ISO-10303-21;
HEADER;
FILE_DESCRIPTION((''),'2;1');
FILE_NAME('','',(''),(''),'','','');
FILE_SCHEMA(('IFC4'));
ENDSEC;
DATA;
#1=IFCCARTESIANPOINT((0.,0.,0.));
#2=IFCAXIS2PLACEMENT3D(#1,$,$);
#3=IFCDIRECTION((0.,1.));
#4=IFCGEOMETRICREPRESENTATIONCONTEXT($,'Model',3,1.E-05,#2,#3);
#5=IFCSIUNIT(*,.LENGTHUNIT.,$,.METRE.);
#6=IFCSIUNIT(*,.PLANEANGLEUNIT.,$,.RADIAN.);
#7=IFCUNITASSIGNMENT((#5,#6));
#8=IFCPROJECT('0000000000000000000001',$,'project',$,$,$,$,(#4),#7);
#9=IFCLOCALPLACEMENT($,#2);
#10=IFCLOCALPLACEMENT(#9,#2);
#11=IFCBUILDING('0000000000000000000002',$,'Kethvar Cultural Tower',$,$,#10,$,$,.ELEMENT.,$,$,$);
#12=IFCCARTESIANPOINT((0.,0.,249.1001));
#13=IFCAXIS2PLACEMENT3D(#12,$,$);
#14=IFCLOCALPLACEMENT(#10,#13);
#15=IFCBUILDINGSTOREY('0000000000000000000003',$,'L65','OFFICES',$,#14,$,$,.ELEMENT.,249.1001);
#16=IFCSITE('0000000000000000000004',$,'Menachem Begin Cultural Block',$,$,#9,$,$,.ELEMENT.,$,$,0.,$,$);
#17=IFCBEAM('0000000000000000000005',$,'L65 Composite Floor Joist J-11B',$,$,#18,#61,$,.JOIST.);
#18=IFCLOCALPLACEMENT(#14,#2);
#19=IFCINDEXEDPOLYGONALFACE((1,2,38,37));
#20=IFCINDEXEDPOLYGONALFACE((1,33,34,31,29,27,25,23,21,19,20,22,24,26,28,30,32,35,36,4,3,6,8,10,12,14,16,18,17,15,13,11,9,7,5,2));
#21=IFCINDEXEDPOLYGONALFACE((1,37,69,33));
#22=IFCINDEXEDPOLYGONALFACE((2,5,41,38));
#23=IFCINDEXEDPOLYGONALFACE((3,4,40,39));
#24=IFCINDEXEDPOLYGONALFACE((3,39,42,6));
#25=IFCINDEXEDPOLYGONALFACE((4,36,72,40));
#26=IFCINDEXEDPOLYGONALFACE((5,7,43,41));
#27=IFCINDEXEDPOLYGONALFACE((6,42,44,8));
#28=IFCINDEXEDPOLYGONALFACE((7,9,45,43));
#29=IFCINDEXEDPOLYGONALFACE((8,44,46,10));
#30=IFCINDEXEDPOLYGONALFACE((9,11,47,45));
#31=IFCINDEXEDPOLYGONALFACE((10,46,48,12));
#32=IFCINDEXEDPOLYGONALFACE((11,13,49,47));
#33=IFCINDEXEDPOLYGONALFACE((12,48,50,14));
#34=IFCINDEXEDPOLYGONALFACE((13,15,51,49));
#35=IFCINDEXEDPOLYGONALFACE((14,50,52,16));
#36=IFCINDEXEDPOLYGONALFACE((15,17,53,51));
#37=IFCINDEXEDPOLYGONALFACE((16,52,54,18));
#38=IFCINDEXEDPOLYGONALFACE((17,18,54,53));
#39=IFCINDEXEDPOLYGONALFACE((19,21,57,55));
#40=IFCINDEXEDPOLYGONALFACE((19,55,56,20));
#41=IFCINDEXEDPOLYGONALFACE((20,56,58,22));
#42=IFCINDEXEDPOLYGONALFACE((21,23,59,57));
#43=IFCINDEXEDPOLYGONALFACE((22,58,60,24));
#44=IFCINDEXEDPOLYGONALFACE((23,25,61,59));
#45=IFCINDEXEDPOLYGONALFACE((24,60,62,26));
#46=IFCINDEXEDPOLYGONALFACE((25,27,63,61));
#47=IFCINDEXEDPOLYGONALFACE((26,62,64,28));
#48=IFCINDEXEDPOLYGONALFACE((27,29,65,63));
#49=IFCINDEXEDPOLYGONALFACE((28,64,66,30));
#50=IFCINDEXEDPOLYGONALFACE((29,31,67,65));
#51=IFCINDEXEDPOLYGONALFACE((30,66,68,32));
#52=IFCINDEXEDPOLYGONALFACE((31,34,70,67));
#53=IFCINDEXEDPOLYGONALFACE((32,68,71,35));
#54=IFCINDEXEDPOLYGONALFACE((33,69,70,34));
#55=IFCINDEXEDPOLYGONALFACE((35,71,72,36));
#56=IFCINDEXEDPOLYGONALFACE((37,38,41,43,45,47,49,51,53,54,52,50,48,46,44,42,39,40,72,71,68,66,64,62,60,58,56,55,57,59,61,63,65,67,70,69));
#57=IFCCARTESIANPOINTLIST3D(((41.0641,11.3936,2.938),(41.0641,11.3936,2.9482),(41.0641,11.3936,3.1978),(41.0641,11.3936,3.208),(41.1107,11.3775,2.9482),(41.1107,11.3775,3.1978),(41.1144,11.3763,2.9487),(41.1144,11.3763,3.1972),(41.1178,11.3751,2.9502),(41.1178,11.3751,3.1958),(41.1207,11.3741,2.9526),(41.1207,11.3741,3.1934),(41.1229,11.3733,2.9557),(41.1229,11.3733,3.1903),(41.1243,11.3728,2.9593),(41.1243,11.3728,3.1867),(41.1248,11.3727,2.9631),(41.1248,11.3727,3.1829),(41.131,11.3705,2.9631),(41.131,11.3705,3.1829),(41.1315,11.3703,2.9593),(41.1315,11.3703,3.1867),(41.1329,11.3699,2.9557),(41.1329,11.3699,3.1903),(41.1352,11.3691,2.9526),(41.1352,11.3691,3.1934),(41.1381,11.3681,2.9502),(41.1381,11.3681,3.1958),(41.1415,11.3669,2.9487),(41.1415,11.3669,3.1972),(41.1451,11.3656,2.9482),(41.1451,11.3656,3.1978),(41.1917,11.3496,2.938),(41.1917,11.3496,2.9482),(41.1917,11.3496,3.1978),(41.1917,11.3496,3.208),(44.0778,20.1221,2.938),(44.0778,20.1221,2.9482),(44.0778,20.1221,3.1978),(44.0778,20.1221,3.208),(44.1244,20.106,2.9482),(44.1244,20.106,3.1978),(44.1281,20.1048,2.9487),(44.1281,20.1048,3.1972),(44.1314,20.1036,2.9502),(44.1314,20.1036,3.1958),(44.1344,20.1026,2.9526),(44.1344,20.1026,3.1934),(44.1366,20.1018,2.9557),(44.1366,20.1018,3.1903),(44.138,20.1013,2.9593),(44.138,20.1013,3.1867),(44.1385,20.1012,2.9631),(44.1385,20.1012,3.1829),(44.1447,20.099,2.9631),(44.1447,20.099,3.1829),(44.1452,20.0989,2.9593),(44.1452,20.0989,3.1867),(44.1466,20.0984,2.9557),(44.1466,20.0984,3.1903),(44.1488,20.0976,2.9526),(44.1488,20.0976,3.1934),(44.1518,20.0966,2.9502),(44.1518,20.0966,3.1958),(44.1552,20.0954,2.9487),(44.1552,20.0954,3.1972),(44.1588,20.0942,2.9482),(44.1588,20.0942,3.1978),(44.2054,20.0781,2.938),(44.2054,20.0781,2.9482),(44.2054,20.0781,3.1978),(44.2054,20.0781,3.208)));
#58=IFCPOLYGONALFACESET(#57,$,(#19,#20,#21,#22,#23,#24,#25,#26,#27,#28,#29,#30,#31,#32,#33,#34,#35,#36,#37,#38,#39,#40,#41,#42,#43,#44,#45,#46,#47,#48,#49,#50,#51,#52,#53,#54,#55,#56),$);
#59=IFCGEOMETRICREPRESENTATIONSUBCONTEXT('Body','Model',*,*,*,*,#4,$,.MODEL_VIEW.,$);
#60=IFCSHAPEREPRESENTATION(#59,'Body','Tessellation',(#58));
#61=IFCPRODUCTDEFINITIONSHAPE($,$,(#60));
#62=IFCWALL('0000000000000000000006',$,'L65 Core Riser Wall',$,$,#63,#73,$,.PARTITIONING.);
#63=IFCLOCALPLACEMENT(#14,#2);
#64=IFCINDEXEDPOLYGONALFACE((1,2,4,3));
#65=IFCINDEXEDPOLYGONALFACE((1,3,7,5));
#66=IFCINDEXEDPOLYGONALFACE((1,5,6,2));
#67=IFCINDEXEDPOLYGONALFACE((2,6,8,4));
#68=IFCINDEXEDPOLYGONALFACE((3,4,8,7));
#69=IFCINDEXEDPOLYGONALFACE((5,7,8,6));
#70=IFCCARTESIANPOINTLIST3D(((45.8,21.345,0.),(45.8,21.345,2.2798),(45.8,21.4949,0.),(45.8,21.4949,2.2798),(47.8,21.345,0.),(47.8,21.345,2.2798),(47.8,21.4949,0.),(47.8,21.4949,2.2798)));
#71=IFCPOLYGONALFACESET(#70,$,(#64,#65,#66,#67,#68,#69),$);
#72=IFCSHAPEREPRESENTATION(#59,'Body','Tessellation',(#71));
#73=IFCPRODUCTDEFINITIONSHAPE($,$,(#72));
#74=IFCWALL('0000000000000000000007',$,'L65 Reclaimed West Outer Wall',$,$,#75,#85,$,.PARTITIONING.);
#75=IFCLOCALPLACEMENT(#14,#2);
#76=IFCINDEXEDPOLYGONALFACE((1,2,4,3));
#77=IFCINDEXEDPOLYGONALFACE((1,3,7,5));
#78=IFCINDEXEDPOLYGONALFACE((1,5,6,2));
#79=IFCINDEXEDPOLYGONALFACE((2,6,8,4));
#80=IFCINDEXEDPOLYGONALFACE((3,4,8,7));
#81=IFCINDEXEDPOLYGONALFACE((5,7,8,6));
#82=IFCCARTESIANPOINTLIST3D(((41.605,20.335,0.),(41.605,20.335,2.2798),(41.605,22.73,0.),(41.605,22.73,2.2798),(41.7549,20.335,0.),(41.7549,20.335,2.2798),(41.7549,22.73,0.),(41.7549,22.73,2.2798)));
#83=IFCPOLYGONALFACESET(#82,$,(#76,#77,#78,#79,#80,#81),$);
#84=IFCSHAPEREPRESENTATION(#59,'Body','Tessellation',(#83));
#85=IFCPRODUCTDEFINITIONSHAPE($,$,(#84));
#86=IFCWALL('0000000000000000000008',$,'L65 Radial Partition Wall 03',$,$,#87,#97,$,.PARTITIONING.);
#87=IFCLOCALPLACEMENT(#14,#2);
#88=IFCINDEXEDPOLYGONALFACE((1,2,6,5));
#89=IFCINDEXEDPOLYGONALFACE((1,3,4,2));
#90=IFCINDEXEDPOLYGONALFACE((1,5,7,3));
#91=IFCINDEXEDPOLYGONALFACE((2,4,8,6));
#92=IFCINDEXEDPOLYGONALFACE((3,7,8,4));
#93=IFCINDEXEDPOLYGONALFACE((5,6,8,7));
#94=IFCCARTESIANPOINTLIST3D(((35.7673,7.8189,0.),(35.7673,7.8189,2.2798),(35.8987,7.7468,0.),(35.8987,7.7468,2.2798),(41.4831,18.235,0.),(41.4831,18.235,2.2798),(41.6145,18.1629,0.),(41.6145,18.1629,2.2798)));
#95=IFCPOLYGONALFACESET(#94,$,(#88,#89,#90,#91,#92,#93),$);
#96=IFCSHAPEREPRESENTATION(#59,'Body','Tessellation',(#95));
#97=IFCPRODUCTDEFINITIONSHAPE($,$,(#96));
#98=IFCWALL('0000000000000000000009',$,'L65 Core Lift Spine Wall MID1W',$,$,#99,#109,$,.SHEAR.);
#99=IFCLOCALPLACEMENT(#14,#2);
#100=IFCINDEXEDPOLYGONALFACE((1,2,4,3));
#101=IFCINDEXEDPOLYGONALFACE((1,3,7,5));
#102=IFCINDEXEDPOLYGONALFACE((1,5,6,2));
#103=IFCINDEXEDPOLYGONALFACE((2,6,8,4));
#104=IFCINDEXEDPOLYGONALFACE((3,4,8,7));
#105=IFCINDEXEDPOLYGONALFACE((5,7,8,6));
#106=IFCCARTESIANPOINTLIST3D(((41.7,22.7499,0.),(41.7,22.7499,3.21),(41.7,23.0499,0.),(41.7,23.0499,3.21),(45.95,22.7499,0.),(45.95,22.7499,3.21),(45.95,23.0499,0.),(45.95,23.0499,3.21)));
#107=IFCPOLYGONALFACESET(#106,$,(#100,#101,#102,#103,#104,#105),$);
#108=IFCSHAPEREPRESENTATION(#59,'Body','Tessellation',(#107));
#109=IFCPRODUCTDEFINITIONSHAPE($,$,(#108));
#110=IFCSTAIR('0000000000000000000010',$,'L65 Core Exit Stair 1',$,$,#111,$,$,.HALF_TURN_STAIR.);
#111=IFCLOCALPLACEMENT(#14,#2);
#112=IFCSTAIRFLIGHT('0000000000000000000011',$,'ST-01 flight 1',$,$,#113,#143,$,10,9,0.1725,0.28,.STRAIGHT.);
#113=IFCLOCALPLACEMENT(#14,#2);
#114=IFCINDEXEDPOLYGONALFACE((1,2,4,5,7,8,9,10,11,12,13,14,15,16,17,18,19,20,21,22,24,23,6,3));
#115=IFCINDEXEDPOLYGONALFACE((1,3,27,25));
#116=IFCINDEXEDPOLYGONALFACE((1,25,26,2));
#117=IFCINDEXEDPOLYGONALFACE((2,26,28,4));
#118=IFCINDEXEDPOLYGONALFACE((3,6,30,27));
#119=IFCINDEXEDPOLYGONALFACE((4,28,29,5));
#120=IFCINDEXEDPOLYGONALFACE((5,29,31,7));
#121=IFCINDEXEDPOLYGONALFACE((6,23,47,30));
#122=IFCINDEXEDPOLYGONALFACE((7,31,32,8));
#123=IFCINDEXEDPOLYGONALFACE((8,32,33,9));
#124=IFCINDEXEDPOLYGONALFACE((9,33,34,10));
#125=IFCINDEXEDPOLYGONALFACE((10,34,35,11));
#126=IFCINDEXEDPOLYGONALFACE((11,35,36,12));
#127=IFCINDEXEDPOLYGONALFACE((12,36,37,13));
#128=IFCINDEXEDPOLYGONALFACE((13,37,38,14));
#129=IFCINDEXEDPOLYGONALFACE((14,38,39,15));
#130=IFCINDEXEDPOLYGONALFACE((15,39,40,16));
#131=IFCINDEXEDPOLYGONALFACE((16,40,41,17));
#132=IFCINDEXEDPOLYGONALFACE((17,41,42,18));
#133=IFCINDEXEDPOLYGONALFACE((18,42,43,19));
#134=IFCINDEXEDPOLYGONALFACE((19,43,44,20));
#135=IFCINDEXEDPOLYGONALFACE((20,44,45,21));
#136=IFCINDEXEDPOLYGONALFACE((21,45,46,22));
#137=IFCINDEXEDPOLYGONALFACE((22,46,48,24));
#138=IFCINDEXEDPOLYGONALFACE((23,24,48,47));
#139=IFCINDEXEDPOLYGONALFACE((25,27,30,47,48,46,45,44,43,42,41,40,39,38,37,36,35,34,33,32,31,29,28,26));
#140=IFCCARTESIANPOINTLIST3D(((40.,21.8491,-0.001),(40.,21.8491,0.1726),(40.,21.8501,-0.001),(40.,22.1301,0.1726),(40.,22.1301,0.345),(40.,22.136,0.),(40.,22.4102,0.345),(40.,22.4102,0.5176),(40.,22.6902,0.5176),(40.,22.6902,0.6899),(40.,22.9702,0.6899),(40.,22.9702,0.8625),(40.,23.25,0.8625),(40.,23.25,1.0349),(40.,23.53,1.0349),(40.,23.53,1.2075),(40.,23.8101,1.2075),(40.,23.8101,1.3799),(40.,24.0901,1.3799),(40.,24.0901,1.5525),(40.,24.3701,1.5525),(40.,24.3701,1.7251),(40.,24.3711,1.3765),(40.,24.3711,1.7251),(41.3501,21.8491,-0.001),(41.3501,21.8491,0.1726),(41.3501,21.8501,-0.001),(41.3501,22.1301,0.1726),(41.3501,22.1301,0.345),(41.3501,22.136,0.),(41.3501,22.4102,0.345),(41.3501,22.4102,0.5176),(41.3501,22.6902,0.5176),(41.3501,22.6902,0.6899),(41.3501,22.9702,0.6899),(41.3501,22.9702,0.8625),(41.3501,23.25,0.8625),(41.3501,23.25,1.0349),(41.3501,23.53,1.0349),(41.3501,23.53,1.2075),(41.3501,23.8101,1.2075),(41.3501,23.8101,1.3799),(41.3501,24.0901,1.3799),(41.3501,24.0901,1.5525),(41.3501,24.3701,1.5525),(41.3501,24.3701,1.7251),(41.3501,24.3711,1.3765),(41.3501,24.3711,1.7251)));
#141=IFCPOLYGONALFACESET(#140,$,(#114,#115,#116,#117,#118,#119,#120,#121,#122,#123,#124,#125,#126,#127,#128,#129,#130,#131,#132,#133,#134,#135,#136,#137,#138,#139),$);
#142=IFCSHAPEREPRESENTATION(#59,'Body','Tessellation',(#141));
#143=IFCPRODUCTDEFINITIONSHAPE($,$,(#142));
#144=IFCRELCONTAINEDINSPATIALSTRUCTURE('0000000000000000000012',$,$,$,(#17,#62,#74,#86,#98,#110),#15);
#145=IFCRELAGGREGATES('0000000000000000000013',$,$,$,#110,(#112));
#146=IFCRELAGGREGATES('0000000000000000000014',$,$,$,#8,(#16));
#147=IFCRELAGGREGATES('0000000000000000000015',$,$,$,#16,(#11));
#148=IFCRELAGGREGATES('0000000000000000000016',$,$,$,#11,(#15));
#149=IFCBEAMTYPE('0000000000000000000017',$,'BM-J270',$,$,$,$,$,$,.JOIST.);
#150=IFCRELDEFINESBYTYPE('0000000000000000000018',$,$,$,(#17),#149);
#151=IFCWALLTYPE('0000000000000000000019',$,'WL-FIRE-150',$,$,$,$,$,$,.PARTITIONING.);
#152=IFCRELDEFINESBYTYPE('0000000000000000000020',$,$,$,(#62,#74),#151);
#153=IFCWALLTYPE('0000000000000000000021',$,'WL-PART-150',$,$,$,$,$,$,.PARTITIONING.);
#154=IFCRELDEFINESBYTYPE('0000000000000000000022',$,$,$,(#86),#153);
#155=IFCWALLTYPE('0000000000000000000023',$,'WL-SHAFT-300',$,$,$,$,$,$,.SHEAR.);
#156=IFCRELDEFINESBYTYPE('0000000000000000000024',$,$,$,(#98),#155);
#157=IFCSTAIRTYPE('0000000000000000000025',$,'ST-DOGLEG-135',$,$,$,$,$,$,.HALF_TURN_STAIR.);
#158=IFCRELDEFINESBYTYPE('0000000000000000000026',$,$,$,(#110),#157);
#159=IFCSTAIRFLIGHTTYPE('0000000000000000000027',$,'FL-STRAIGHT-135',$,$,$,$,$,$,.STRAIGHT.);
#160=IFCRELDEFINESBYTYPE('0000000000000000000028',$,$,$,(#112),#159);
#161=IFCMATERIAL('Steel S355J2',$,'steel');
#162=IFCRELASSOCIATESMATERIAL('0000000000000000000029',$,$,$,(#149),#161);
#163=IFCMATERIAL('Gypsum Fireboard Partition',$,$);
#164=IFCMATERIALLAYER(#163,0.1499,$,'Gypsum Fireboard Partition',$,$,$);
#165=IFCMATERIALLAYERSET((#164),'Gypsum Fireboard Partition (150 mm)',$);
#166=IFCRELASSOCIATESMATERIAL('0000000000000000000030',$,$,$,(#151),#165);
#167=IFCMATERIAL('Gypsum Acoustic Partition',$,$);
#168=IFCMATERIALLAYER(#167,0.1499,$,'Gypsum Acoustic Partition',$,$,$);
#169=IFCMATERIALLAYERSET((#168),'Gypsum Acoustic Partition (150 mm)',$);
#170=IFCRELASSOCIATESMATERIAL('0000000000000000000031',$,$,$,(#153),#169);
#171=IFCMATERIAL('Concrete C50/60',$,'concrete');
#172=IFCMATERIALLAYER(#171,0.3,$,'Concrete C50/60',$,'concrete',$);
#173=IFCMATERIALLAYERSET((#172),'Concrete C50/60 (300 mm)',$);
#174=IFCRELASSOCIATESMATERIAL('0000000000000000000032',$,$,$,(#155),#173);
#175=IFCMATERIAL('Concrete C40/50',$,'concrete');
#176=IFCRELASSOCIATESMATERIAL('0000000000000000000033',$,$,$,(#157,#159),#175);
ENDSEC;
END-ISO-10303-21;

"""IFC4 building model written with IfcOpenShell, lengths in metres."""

from ifc_helpers import new_model, si_unit, direction, frame, frame_2d, origin, origin_2d, place, context, subcontext, project, spatial, polyline, rectangle, i_section, outline, extrude, source, transform, mapped, material, layer, layer_set, material_profile, profile_set, type_object, element, aggregate, save


model = new_model("IFC4")

# Units and contexts
model_context = context("Model", 3, precision=1e-05, world=origin(), true_north=direction((0.0, 1.0)))
body_context = subcontext(model_context, "Body", "Model", "MODEL_VIEW")
ifc_project = project(units=[si_unit("LENGTHUNIT", "METRE"), si_unit("PLANEANGLEUNIT", "RADIAN")], contexts=[model_context])

# Site, building, storey
site_placement = place(None, origin())
site = spatial("IfcSite", under=ifc_project, at=site_placement, Name="Menachem Begin Cultural Block", CompositionType="ELEMENT", RefElevation=0.0)
building_placement = place(site_placement, origin())
building = spatial("IfcBuilding", under=site, at=building_placement, Name="Kethvar Cultural Tower", CompositionType="ELEMENT")
storey_placement = place(building_placement, frame((0.0, 0.0, 249.1001)))
storey = spatial("IfcBuildingStorey", under=building, at=storey_placement, Name="L65", Description="OFFICES", CompositionType="ELEMENT", Elevation=249.1001)

# Beam
ifc_material_1 = material(Name="Steel S355J2", Category="steel")
ifc_material_profile_1 = material_profile(ifc_material_1, i_section(OverallWidth=0.135, OverallDepth=0.27, WebThickness=0.0066, FlangeThickness=0.0103, FilletRadius=0.0149, at=origin_2d()), Name="Steel S355J2 — IPE270")
ifc_profile_set_1 = profile_set([ifc_material_profile_1], Name="Steel S355J2 — IPE270")
beam_type_1 = type_object("IfcBeamType", Name="BM-J270", PredefinedType="JOIST", material=ifc_profile_set_1)
shared_shape_1 = source(origin(), body_context, "Body", "SweptSolid", [
    extrude(i_section(OverallWidth=0.135, OverallDepth=0.27, WebThickness=0.0066, FlangeThickness=0.0103, FilletRadius=0.0149, at=origin_2d()), origin(), (0.0, 0.0, 1.0), 9.2341),
])
beam_1_placement = place(storey_placement, frame((44.1416, 20.1001, 3.073), z_axis=(-0.326362, -0.945245, 0.0), x_axis=(0.945245, -0.326362, 0.0)))
element("IfcBeam", 1, at=beam_1_placement, inside=storey, type_object=beam_type_1, Name="L65 Composite Floor Joist J-11B", PredefinedType="JOIST", context=body_context, shape_type="MappedRepresentation", body=[
    mapped(shared_shape_1, transform((0.0, 0.0, 0.0), scale=1.0)),
])

# Walls
ifc_material_2 = material(Name="Gypsum Fireboard Partition")
ifc_layer_1 = layer(ifc_material_2, 0.1499, Name="Gypsum Fireboard Partition")
ifc_layer_set_1 = layer_set([ifc_layer_1], Name="Gypsum Fireboard Partition (150 mm)")
wall_type_1 = type_object("IfcWallType", Name="WL-FIRE-150", PredefinedType="PARTITIONING", material=ifc_layer_set_1)
wall_1_placement = place(storey_placement, frame((45.8, 21.4199, 0.0), z_axis=(0.0, 0.0, 1.0), x_axis=(1.0, 0.0, 0.0)))
element("IfcWall", 2, at=wall_1_placement, inside=storey, type_object=wall_type_1, Name="L65 Core Riser Wall", PredefinedType="PARTITIONING", context=body_context, shape_type="SweptSolid", body=[
    extrude(rectangle(XDim=2.0, YDim=0.1499, at=frame_2d((1.0, 0.0))), origin(), (0.0, 0.0, 1.0), 2.2798),
])
wall_2_placement = place(storey_placement, frame((41.6799, 20.335, 0.0), z_axis=(0.0, 0.0, 1.0), x_axis=(0.0, 1.0, 0.0)))
element("IfcWall", 3, at=wall_2_placement, inside=storey, type_object=wall_type_1, Name="L65 Reclaimed West Outer Wall", PredefinedType="PARTITIONING", context=body_context, shape_type="SweptSolid", body=[
    extrude(rectangle(XDim=2.395, YDim=0.1499, at=frame_2d((1.1975, 0.0))), origin(), (0.0, 0.0, 1.0), 2.2798),
])
ifc_material_3 = material(Name="Gypsum Acoustic Partition")
ifc_layer_2 = layer(ifc_material_3, 0.1499, Name="Gypsum Acoustic Partition")
ifc_layer_set_2 = layer_set([ifc_layer_2], Name="Gypsum Acoustic Partition (150 mm)")
wall_type_2 = type_object("IfcWallType", Name="WL-PART-150", PredefinedType="PARTITIONING", material=ifc_layer_set_2)
wall_3_placement = place(storey_placement, frame((41.5488, 18.199, 0.0), z_axis=(0.0, 0.0, 1.0), x_axis=(-0.481079, -0.876677, 0.0)))
element("IfcWall", 4, at=wall_3_placement, inside=storey, type_object=wall_type_2, Name="L65 Radial Partition Wall 03", PredefinedType="PARTITIONING", context=body_context, shape_type="SweptSolid", body=[
    extrude(rectangle(XDim=11.8813, YDim=0.1499, at=frame_2d((5.9407, 0.0))), origin(), (0.0, 0.0, 1.0), 2.2798),
])
ifc_material_4 = material(Name="Concrete C50/60", Category="concrete")
ifc_layer_3 = layer(ifc_material_4, 0.3, Name="Concrete C50/60", Category="concrete")
ifc_layer_set_3 = layer_set([ifc_layer_3], Name="Concrete C50/60 (300 mm)")
wall_type_3 = type_object("IfcWallType", Name="WL-SHAFT-300", PredefinedType="SHEAR", material=ifc_layer_set_3)
wall_4_placement = place(storey_placement, frame((41.7, 22.8999, 0.0), z_axis=(0.0, 0.0, 1.0), x_axis=(1.0, 0.0, 0.0)))
element("IfcWall", 5, at=wall_4_placement, inside=storey, type_object=wall_type_3, Name="L65 Core Lift Spine Wall MID1W", PredefinedType="SHEAR", context=body_context, shape_type="SweptSolid", body=[
    extrude(rectangle(XDim=4.25, YDim=0.3, at=frame_2d((2.125, 0.0))), origin(), (0.0, 0.0, 1.0), 3.21),
])

# Stair, stair flight
ifc_material_5 = material(Name="Concrete C40/50", Category="concrete")
stair_type = type_object("IfcStairType", Name="ST-DOGLEG-135", PredefinedType="HALF_TURN_STAIR", material=ifc_material_5)
stair_placement = place(storey_placement, origin())
stair = element("IfcStair", 6, at=stair_placement, inside=storey, type_object=stair_type, Name="L65 Core Exit Stair 1", PredefinedType="HALF_TURN_STAIR")
stair_flight_type = type_object("IfcStairFlightType", Name="FL-STRAIGHT-135", PredefinedType="STRAIGHT", material=ifc_material_5)
stair_flight_placement = place(storey_placement, frame((40.675, 21.8501, 0.0), z_axis=(0.0, 0.0, 1.0), x_axis=(0.0, 1.0, 0.0)))
stair_flight = element("IfcStairFlight", 7, at=stair_flight_placement, type_object=stair_flight_type, Name="ST-01 flight 1", NumberOfRisers=10, NumberOfTreads=9, PredefinedType="STRAIGHT", RiserHeight=0.1725, TreadLength=0.28, context=body_context, shape_type="SweptSolid", body=[
    extrude(outline(polyline([(-0.001, -0.001), (-0.001, 0.1726), (0.28, 0.1726), (0.28, 0.345), (0.5601, 0.345), (0.5601, 0.5176), (0.8401, 0.5176), (0.8401, 0.6899), (1.1201, 0.6899), (1.1201, 0.8625), (1.3999, 0.8625), (1.3999, 1.0349), (1.6799, 1.0349), (1.6799, 1.2075), (1.96, 1.2075), (1.96, 1.3799), (2.24, 1.3799), (2.24, 1.5525), (2.52, 1.5525), (2.52, 1.7251), (2.521, 1.7251), (2.521, 1.3765), (0.2859, 0.0), (0.0, -0.001), (-0.001, -0.001)])), frame((0.0, 0.675, 0.0), z_axis=(0.0, -1.0, 0.0), x_axis=(1.0, 0.0, 0.0)), (0.0, 0.0, 1.0), 1.3501),
])
aggregate(stair, [stair_flight])

save(model, "model.ifc")
